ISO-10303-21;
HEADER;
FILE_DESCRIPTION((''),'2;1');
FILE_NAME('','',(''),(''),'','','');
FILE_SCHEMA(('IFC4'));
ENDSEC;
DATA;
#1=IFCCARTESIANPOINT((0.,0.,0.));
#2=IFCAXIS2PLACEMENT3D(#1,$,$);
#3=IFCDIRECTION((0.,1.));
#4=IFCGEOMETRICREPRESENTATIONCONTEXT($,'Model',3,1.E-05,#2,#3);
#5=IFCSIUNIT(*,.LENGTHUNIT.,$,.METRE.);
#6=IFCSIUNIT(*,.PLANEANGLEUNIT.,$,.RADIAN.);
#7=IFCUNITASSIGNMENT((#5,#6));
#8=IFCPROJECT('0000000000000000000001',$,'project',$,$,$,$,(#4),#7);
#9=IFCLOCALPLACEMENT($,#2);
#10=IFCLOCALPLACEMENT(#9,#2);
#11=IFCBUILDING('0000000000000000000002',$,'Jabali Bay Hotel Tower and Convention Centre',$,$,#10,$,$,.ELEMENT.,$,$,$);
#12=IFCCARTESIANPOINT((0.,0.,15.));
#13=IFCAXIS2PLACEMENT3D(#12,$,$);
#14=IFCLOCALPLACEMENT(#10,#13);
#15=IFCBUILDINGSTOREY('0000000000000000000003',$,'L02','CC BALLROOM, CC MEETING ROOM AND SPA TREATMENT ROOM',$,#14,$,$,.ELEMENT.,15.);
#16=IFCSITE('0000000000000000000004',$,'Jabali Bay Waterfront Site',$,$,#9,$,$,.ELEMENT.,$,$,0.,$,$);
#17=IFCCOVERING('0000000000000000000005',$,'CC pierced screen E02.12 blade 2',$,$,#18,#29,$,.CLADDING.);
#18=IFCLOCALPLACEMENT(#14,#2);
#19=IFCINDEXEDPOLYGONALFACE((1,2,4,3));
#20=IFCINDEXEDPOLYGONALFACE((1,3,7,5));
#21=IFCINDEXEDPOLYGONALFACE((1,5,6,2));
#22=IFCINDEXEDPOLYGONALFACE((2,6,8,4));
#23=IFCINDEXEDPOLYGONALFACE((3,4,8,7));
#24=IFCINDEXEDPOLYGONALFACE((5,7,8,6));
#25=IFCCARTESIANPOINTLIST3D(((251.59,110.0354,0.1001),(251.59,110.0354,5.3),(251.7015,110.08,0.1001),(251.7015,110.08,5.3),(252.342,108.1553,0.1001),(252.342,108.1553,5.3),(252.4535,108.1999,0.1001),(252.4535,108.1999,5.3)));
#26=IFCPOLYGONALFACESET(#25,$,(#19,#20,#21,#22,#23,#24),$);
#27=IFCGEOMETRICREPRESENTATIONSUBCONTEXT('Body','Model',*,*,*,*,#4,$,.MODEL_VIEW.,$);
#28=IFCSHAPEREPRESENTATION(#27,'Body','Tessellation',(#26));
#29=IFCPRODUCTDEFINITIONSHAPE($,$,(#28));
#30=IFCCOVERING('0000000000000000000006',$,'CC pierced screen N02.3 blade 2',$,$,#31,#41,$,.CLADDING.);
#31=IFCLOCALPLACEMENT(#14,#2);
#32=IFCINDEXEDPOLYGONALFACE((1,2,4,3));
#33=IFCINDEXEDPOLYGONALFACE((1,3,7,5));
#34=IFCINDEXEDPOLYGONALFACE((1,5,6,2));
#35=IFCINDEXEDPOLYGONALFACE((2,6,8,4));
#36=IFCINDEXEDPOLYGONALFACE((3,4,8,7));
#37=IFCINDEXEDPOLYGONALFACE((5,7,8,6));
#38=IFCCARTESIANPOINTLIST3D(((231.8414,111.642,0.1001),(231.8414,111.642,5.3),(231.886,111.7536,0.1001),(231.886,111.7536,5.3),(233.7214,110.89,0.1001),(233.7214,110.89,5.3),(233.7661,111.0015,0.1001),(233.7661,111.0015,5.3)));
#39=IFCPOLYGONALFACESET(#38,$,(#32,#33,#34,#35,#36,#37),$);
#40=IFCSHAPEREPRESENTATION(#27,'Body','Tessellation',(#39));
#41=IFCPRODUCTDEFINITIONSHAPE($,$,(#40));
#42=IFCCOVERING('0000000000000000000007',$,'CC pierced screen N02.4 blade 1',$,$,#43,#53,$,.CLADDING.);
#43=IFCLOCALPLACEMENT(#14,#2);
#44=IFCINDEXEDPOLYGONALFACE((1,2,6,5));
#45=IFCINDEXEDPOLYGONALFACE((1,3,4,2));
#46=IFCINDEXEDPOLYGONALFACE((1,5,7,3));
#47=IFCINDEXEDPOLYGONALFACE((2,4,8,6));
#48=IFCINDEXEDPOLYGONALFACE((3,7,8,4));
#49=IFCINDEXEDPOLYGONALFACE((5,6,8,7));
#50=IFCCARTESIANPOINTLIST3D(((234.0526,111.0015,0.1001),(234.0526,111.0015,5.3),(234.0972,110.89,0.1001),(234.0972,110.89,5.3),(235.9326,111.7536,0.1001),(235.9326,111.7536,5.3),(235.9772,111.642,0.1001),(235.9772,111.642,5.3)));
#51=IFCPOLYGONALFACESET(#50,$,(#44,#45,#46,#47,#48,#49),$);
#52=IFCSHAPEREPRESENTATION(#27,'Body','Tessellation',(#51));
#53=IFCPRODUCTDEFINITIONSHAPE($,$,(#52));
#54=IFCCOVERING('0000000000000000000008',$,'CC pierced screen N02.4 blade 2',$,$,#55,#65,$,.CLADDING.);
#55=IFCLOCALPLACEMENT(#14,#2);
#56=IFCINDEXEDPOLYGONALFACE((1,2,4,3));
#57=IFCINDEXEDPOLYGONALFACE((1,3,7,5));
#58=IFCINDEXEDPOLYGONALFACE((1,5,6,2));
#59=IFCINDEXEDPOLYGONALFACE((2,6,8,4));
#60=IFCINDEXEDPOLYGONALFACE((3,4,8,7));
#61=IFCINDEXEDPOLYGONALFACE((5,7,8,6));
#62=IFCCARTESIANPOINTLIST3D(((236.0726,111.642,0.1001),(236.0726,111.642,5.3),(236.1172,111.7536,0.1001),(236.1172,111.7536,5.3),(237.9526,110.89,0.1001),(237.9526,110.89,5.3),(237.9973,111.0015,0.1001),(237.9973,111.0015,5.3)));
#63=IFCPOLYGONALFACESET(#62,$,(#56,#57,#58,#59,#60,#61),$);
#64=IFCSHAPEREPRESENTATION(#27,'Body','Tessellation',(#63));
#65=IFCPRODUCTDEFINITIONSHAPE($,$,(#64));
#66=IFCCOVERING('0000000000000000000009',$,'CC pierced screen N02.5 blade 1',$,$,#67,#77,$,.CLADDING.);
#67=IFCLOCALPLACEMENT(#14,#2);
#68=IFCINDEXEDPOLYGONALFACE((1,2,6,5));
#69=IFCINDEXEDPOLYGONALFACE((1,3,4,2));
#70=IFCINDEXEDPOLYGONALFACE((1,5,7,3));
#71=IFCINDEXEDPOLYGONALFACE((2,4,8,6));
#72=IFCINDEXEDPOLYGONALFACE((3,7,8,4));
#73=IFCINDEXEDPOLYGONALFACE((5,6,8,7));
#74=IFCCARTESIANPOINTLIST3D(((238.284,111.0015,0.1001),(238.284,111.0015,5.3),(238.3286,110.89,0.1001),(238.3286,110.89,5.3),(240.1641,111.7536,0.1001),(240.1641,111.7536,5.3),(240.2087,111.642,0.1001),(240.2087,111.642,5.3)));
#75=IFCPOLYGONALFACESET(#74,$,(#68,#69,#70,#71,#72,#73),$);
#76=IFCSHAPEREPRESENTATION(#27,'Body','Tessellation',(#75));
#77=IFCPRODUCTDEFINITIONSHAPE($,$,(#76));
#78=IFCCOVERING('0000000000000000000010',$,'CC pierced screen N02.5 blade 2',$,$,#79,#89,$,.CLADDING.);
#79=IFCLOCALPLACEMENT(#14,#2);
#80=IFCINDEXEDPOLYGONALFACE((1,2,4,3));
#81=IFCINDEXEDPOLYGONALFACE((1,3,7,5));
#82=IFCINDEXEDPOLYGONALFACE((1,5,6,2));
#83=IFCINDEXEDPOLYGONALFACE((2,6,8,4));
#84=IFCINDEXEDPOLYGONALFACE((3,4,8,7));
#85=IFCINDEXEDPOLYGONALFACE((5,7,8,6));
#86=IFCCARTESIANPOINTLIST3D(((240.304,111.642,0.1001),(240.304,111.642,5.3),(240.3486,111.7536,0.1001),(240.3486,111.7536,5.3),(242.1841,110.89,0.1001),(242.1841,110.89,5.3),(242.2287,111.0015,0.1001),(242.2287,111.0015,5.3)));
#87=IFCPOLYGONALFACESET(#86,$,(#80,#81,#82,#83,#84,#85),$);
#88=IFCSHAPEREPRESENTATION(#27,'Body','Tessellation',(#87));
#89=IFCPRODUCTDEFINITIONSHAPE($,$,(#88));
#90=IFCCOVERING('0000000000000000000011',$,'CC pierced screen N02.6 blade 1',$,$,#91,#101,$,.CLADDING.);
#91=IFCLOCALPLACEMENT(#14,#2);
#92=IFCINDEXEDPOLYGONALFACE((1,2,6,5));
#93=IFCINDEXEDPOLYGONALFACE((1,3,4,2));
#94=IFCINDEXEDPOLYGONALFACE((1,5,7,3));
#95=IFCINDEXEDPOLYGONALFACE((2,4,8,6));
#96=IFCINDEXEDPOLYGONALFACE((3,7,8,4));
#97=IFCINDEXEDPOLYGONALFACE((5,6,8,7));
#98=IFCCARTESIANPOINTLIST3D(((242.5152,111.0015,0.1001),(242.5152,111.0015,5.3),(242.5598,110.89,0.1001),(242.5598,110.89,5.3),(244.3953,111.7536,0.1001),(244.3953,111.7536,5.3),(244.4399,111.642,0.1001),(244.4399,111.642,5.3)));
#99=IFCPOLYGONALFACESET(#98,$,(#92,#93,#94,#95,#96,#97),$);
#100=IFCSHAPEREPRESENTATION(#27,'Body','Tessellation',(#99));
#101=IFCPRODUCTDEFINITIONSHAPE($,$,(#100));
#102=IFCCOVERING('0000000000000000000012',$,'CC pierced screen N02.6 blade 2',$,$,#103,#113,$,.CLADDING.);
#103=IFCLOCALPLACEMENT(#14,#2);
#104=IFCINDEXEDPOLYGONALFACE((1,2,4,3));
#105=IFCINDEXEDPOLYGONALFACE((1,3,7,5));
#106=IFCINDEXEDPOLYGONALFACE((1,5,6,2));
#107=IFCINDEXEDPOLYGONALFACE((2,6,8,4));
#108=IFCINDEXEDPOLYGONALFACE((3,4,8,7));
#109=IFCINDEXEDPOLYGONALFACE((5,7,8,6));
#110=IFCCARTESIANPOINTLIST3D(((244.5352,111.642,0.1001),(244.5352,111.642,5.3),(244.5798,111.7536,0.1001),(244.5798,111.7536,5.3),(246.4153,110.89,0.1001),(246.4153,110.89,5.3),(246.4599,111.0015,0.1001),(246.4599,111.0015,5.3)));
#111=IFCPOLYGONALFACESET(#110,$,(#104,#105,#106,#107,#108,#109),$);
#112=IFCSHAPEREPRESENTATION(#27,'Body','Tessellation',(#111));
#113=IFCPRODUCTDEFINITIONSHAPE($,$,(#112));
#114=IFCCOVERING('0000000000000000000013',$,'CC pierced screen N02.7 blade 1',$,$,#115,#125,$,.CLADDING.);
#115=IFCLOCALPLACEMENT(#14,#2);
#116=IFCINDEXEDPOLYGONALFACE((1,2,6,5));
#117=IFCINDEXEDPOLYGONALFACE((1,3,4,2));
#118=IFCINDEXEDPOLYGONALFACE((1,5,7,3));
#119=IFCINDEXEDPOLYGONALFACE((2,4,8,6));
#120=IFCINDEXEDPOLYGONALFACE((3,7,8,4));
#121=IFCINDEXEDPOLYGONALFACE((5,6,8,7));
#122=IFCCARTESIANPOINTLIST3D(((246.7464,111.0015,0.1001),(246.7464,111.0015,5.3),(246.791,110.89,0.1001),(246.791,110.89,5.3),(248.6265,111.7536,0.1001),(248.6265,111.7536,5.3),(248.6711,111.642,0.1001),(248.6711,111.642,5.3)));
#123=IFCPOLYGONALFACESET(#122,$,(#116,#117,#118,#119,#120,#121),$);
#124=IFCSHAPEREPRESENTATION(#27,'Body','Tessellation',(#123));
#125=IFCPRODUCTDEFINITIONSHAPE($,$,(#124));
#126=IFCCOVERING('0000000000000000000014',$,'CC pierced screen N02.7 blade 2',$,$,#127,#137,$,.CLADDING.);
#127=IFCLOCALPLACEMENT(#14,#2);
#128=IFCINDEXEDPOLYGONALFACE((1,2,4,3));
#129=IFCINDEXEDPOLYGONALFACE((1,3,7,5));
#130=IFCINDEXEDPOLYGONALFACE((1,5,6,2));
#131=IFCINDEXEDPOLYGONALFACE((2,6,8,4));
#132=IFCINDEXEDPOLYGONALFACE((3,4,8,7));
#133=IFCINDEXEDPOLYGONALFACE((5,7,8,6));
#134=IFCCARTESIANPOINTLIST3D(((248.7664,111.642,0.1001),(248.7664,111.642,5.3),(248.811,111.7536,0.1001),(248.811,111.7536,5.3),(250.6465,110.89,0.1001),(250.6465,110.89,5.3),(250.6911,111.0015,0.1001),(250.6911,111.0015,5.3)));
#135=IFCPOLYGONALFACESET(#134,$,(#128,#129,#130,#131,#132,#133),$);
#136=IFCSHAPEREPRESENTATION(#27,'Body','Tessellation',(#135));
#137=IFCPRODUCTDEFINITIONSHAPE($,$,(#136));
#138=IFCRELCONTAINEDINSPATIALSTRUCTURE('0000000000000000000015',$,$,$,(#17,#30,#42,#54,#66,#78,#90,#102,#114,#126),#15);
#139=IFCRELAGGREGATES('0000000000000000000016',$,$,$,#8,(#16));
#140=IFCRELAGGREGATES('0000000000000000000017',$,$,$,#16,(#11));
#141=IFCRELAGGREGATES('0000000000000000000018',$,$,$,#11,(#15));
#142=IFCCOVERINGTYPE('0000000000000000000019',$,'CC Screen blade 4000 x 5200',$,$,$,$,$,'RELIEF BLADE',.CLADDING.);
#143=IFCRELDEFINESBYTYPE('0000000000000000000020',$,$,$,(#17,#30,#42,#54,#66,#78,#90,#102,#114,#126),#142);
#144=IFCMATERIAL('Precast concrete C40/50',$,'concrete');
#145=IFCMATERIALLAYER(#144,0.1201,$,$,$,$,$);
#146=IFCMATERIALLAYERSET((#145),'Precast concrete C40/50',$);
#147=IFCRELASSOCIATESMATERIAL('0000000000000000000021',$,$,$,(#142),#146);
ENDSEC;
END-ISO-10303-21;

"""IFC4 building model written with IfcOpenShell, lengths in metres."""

from ifc_helpers import new_model, si_unit, direction, frame, origin, origin_2d, place, context, subcontext, project, spatial, rectangle, extrude, material, layer, layer_set, type_object, element, save


model = new_model("IFC4")

# Units and contexts
model_context = context("Model", 3, precision=1e-05, world=origin(), true_north=direction((0.0, 1.0)))
body_context = subcontext(model_context, "Body", "Model", "MODEL_VIEW")
ifc_project = project(units=[si_unit("LENGTHUNIT", "METRE"), si_unit("PLANEANGLEUNIT", "RADIAN")], contexts=[model_context])

# Site, building, storey
site_placement = place(None, origin())
site = spatial("IfcSite", under=ifc_project, at=site_placement, Name="Jabali Bay Waterfront Site", CompositionType="ELEMENT", RefElevation=0.0)
building_placement = place(site_placement, origin())
building = spatial("IfcBuilding", under=site, at=building_placement, Name="Jabali Bay Hotel Tower and Convention Centre", CompositionType="ELEMENT")
storey_placement = place(building_placement, frame((0.0, 0.0, 15.0)))
storey = spatial("IfcBuildingStorey", under=building, at=storey_placement, Name="L02", Description="CC BALLROOM, CC MEETING ROOM AND SPA TREATMENT ROOM", CompositionType="ELEMENT", Elevation=15.0)

# Shared definitions
ifc_material_1 = material(Name="Precast concrete C40/50", Category="concrete")

# Coverings
ifc_layer_1 = layer(ifc_material_1, 0.1201)
ifc_layer_set_1 = layer_set([ifc_layer_1], Name="Precast concrete C40/50")
covering_type = type_object("IfcCoveringType", Name="CC Screen blade 4000 x 5200", ElementType="RELIEF BLADE", PredefinedType="CLADDING", material=ifc_layer_set_1)
for number, where, z_axis, x_axis, name in (
    (1, (252.0217, 109.1177, 0.1001), (0.0, 0.0, 1.0), (0.371391, -0.928477, 0.0), "CC pierced screen E02.12 blade 2"),
    (2, (232.8037, 111.3218, 0.1001), (0.0, 0.0, 1.0), (-0.928477, 0.371391, 0.0), "CC pierced screen N02.3 blade 2"),
    (3, (235.0149, 111.3218, 0.1001), (0.0, 0.0, 1.0), (0.928477, 0.371391, 0.0), "CC pierced screen N02.4 blade 1"),
    (4, (237.0349, 111.3218, 0.1001), (0.0, 0.0, 1.0), (-0.928477, 0.371391, 0.0), "CC pierced screen N02.4 blade 2"),
    (5, (239.2463, 111.3218, 0.1001), (0.0, 0.0, 1.0), (0.928477, 0.371391, 0.0), "CC pierced screen N02.5 blade 1"),
    (6, (241.2664, 111.3218, 0.1001), (0.0, 0.0, 1.0), (-0.928477, 0.371391, 0.0), "CC pierced screen N02.5 blade 2"),
    (7, (243.4775, 111.3218, 0.1001), (0.0, 0.0, 1.0), (0.928477, 0.371391, 0.0), "CC pierced screen N02.6 blade 1"),
    (8, (245.4976, 111.3218, 0.1001), (0.0, 0.0, 1.0), (-0.928477, 0.371391, 0.0), "CC pierced screen N02.6 blade 2"),
    (9, (247.7087, 111.3218, 0.1001), (0.0, 0.0, 1.0), (0.928477, 0.371391, 0.0), "CC pierced screen N02.7 blade 1"),
    (10, (249.7288, 111.3218, 0.1001), (0.0, 0.0, 1.0), (-0.928477, 0.371391, 0.0), "CC pierced screen N02.7 blade 2"),
):
    element("IfcCovering", number, at=place(storey_placement, frame(where, z_axis=z_axis, x_axis=x_axis)), inside=storey, type_object=covering_type, Name=name, PredefinedType="CLADDING", context=body_context, shape_type="SweptSolid", body=[
        extrude(rectangle(XDim=2.0249, YDim=0.1201, at=origin_2d()), origin(), (0.0, 0.0, 1.0), 5.2),
    ])

save(model, "model.ifc")
